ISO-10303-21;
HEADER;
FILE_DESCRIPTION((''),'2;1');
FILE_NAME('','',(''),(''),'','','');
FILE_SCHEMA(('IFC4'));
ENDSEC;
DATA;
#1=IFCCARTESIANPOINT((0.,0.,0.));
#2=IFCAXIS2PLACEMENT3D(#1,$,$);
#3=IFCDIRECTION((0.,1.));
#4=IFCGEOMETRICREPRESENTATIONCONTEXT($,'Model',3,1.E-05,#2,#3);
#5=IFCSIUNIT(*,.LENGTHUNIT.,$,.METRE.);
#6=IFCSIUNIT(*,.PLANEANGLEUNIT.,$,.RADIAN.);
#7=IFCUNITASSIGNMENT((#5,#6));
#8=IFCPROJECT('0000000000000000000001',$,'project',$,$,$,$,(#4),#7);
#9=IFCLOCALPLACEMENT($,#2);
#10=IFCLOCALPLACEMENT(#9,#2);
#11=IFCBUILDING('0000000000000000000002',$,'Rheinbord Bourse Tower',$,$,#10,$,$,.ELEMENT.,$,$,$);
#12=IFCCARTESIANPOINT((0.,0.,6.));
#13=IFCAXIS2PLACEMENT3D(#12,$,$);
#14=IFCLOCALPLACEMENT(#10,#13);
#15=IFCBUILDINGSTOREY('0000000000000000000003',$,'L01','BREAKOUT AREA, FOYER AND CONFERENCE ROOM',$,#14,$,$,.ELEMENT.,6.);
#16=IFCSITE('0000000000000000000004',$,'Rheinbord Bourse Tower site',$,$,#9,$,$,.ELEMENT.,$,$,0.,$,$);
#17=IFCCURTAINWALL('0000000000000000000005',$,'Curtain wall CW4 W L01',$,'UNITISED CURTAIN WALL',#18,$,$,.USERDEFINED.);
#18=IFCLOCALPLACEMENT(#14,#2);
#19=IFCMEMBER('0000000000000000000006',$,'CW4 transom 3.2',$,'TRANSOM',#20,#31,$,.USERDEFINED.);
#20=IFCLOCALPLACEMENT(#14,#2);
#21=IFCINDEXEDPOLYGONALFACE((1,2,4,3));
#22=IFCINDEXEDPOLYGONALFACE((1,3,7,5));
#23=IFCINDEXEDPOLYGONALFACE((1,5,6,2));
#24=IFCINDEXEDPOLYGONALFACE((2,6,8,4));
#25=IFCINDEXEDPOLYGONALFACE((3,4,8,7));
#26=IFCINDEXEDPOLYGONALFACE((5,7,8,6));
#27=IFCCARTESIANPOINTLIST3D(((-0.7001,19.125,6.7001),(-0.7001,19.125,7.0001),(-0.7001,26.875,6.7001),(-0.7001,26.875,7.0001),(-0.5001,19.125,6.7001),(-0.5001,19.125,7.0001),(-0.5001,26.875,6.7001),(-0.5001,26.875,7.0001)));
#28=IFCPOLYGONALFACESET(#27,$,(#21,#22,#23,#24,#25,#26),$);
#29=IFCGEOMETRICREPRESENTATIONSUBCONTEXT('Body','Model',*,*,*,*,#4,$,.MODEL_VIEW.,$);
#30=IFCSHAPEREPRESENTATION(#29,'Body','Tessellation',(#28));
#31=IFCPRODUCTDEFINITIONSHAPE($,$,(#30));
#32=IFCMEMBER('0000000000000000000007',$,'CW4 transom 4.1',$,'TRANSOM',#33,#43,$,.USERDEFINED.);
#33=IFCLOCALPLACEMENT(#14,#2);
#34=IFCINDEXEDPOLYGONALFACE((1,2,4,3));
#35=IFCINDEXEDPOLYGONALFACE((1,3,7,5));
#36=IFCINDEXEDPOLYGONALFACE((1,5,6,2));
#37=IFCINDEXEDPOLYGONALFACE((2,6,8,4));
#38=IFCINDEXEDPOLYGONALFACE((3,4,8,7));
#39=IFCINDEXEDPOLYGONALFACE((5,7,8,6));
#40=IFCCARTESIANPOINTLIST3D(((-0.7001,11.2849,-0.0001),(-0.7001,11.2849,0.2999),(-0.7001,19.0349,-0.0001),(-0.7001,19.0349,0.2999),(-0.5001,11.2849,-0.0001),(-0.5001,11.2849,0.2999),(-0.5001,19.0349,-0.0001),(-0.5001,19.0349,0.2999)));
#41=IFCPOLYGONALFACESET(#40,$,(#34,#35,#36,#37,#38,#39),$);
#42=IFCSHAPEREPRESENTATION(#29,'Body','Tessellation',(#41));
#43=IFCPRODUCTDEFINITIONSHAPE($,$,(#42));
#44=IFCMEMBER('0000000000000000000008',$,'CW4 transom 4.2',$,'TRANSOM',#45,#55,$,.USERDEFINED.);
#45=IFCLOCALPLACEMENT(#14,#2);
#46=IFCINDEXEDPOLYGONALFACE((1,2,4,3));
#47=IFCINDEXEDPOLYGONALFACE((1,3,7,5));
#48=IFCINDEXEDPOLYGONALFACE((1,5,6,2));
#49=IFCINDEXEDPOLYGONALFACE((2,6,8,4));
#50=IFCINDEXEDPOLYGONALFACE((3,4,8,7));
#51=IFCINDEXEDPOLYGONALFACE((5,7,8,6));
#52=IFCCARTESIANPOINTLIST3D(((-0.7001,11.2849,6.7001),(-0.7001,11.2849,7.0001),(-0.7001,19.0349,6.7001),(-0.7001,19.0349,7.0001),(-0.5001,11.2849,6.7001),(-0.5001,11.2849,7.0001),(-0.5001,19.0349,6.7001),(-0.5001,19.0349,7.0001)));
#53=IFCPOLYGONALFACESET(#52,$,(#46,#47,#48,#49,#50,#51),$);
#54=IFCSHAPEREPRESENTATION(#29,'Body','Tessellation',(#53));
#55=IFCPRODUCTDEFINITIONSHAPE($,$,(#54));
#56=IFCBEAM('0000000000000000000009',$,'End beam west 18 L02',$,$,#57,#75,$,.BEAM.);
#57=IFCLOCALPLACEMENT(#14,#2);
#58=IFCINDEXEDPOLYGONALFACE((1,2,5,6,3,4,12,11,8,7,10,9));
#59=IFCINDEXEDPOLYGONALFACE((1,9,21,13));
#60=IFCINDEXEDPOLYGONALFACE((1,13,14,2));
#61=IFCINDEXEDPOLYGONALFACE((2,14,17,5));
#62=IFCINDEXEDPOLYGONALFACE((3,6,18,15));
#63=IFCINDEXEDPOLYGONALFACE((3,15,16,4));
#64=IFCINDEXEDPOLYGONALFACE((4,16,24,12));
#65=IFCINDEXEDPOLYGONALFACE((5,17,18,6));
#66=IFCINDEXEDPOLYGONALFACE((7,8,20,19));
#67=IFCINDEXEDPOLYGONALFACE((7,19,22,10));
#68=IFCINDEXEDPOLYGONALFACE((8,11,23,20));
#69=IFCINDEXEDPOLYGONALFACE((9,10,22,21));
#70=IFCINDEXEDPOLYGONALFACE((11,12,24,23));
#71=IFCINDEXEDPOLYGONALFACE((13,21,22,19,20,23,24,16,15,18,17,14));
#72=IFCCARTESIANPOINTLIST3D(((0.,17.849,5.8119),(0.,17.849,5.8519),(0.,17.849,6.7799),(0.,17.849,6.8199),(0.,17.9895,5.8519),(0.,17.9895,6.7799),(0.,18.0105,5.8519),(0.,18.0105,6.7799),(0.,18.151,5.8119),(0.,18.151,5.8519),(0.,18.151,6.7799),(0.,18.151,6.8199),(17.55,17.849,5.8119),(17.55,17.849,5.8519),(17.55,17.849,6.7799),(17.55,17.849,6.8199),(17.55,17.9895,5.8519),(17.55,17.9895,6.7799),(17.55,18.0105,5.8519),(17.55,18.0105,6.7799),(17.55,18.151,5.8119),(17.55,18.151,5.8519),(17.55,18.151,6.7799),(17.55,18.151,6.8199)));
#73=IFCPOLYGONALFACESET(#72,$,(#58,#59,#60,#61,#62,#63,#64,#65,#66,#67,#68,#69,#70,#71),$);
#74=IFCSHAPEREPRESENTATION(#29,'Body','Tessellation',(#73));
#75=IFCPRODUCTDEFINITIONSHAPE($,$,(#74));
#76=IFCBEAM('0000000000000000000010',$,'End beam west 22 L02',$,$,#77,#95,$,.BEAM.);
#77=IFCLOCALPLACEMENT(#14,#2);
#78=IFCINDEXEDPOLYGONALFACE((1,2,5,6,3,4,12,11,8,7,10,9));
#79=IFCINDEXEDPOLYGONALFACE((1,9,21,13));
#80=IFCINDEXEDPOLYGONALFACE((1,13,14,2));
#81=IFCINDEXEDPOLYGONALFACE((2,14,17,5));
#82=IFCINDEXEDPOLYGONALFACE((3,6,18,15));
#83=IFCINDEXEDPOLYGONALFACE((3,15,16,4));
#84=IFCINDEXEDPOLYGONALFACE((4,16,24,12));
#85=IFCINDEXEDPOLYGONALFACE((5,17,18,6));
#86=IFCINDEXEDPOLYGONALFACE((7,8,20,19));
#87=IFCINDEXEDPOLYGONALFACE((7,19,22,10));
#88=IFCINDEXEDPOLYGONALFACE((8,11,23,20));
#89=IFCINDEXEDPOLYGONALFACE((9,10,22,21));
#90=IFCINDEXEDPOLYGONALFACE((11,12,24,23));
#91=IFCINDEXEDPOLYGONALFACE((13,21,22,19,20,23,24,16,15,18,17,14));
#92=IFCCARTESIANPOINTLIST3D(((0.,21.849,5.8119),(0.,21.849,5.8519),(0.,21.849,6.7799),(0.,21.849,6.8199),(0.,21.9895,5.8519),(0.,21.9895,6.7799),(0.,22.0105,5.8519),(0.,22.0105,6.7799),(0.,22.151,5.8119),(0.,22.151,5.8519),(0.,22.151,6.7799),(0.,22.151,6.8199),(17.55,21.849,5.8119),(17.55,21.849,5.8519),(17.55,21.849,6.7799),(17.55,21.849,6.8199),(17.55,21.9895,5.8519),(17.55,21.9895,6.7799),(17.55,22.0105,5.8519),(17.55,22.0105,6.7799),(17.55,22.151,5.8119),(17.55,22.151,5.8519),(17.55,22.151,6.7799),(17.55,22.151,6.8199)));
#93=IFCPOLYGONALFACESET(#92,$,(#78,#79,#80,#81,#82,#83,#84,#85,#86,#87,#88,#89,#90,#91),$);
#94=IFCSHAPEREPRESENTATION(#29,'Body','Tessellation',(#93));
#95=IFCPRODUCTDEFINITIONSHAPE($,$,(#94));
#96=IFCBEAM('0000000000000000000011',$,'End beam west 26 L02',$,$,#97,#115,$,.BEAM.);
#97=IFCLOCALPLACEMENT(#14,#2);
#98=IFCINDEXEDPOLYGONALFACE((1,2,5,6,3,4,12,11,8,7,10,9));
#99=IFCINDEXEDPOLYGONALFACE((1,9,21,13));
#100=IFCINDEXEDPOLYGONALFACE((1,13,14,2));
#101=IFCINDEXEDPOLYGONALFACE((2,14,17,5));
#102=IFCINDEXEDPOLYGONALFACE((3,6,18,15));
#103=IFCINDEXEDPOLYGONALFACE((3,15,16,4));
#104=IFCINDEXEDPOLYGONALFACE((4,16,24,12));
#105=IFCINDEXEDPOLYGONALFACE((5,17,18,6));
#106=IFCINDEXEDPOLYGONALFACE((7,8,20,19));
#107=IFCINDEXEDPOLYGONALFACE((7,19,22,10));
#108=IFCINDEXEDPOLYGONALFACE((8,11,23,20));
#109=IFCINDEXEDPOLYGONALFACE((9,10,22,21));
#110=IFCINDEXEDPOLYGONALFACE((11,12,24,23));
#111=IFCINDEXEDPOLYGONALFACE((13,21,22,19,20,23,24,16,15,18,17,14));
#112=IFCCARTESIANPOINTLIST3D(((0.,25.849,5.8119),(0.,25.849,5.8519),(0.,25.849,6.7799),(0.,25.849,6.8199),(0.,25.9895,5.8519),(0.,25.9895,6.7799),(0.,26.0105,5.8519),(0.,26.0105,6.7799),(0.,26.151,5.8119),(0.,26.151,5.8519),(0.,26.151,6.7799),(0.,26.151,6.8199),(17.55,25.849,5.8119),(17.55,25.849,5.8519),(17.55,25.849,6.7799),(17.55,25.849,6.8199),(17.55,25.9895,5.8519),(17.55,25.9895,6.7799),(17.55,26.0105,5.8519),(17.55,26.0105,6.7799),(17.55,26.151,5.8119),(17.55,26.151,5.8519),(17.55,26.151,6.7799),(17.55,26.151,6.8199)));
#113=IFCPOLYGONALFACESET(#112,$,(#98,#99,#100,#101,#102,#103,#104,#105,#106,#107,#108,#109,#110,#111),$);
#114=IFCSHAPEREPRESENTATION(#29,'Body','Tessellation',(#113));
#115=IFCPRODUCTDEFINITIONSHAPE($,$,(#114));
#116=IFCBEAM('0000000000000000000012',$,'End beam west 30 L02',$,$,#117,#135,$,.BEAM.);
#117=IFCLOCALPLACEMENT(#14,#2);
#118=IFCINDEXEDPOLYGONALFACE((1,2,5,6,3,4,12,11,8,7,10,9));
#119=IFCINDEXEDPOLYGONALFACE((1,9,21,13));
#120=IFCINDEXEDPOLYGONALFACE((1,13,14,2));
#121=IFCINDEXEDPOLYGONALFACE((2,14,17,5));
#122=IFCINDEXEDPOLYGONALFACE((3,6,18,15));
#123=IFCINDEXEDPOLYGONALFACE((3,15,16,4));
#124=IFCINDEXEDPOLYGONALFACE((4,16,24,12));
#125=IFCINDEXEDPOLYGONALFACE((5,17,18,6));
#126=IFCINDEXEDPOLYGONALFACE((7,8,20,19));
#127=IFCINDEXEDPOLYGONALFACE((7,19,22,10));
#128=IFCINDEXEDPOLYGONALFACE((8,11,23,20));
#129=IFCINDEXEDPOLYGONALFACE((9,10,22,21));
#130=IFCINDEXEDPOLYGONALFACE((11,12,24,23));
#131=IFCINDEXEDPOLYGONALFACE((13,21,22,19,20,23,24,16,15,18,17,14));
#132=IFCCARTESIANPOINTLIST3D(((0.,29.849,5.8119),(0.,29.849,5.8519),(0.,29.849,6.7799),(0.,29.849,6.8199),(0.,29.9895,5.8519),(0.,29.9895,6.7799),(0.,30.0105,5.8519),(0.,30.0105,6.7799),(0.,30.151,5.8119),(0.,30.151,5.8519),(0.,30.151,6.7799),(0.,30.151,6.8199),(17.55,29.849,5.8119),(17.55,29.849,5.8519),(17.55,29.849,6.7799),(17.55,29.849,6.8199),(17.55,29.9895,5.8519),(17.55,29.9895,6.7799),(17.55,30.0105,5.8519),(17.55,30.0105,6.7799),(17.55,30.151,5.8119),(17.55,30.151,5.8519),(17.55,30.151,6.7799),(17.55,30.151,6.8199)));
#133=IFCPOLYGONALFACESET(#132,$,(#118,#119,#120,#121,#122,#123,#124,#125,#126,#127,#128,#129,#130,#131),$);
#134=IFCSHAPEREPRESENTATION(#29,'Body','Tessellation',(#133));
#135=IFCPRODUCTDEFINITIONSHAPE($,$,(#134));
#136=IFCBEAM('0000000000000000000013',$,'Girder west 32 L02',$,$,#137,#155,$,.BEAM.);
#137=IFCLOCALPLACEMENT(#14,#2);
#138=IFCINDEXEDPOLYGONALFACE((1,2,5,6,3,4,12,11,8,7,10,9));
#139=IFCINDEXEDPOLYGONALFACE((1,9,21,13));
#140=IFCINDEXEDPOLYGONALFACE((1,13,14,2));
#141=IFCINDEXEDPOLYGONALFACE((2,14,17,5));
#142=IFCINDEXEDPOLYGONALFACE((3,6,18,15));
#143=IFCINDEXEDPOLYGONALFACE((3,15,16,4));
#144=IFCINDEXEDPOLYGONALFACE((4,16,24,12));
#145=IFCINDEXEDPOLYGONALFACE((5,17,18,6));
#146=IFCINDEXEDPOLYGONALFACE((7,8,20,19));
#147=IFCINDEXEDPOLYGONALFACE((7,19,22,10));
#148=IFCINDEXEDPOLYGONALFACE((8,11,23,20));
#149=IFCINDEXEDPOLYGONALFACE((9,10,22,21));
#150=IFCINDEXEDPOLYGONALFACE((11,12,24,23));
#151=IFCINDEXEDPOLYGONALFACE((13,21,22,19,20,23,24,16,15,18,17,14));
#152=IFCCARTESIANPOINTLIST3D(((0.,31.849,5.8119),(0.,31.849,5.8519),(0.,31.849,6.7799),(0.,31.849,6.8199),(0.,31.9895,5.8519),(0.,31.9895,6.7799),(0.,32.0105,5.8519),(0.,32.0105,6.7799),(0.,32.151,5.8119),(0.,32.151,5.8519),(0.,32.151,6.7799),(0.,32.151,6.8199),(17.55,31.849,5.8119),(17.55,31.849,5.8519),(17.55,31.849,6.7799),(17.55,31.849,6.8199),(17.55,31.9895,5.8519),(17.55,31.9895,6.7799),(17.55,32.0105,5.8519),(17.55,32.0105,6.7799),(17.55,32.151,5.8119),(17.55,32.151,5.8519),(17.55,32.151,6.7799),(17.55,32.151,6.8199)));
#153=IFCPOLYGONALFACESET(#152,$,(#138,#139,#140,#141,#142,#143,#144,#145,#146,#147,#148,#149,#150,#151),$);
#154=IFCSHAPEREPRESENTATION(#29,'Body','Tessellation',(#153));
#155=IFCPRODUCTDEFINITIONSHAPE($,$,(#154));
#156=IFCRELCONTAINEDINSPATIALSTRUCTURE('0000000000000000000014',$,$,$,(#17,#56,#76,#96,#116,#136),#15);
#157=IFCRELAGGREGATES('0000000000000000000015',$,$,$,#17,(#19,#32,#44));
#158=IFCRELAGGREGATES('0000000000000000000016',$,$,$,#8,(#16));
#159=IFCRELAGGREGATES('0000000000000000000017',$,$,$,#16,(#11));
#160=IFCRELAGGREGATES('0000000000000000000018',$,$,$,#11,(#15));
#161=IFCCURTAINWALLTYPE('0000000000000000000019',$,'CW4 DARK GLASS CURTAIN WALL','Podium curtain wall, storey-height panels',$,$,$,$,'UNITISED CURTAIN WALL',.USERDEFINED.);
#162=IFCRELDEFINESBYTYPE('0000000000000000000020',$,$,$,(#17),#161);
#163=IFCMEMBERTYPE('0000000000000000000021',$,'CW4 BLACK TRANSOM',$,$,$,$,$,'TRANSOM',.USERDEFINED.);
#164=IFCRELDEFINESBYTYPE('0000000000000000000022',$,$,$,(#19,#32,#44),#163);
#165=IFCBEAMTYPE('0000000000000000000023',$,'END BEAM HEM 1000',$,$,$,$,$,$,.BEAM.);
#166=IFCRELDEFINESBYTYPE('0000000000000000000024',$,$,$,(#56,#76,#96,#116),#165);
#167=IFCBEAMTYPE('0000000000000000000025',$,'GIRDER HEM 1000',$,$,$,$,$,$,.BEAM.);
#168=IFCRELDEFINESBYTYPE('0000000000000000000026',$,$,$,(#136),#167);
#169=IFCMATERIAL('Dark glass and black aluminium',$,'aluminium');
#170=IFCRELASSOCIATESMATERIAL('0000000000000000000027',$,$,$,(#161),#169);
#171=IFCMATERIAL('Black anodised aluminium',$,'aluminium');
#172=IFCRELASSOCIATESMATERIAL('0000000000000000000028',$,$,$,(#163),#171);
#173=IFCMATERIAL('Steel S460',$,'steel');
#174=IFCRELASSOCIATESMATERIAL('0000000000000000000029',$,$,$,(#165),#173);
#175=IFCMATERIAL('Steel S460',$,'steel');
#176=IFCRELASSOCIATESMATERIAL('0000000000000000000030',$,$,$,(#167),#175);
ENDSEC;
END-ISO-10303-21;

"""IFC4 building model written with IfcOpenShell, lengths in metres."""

from ifc_helpers import new_model, si_unit, direction, frame, origin, origin_2d, place, context, subcontext, project, spatial, rectangle, i_section, extrude, material, material_profile, profile_set, type_object, element, aggregate, save


model = new_model("IFC4")

# Units and contexts
model_context = context("Model", 3, precision=1e-05, world=origin(), true_north=direction((0.0, 1.0)))
body_context = subcontext(model_context, "Body", "Model", "MODEL_VIEW")
ifc_project = project(units=[si_unit("LENGTHUNIT", "METRE"), si_unit("PLANEANGLEUNIT", "RADIAN")], contexts=[model_context])

# Site, building, storey
site_placement = place(None, origin())
site = spatial("IfcSite", under=ifc_project, at=site_placement, Name="Rheinbord Bourse Tower site", CompositionType="ELEMENT", RefElevation=0.0)
building_placement = place(site_placement, origin())
building = spatial("IfcBuilding", under=site, at=building_placement, Name="Rheinbord Bourse Tower", CompositionType="ELEMENT")
storey_placement = place(building_placement, frame((0.0, 0.0, 6.0)))
storey = spatial("IfcBuildingStorey", under=building, at=storey_placement, Name="L01", Description="BREAKOUT AREA, FOYER AND CONFERENCE ROOM", CompositionType="ELEMENT", Elevation=6.0)

# Curtain wall, members
ifc_material_1 = material(Name="Dark glass and black aluminium", Category="aluminium")
curtain_wall_type = type_object("IfcCurtainWallType", Name="CW4 DARK GLASS CURTAIN WALL", Description="Podium curtain wall, storey-height panels", ElementType="UNITISED CURTAIN WALL", PredefinedType="USERDEFINED", material=ifc_material_1)
curtain_wall_placement = place(storey_placement, origin())
curtain_wall = element("IfcCurtainWall", 1, at=curtain_wall_placement, inside=storey, type_object=curtain_wall_type, Name="Curtain wall CW4 W L01", ObjectType="UNITISED CURTAIN WALL", PredefinedType="USERDEFINED")
ifc_material_2 = material(Name="Black anodised aluminium", Category="aluminium")
ifc_material_profile_1 = material_profile(ifc_material_2, rectangle(XDim=0.2, YDim=0.3, at=origin_2d()), Name="CW4 TRANSOM 300x200")
ifc_profile_set_1 = profile_set([ifc_material_profile_1], Name="Black anodised aluminium")
member_type_1 = type_object("IfcMemberType", Name="CW4 BLACK TRANSOM", ElementType="TRANSOM", PredefinedType="USERDEFINED", material=ifc_profile_set_1)
member_1_placement = place(storey_placement, frame((-0.6001, 26.875, 6.8501), z_axis=(0.0, -1.0, 0.0), x_axis=(1.0, 0.0, 0.0)))
member_1 = element("IfcMember", 2, at=member_1_placement, type_object=member_type_1, Name="CW4 transom 3.2", ObjectType="TRANSOM", PredefinedType="USERDEFINED", context=body_context, shape_type="SweptSolid", body=[
    extrude(rectangle(XDim=0.2, YDim=0.3, at=origin_2d()), origin(), (0.0, 0.0, 1.0), 7.75),
])
member_2_placement = place(storey_placement, frame((-0.6001, 19.0349, 0.1499), z_axis=(0.0, -1.0, 0.0), x_axis=(1.0, 0.0, 0.0)))
member_2 = element("IfcMember", 3, at=member_2_placement, type_object=member_type_1, Name="CW4 transom 4.1", ObjectType="TRANSOM", PredefinedType="USERDEFINED", context=body_context, shape_type="SweptSolid", body=[
    extrude(rectangle(XDim=0.2, YDim=0.3, at=origin_2d()), origin(), (0.0, 0.0, 1.0), 7.75),
])
member_3_placement = place(storey_placement, frame((-0.6001, 19.0349, 6.8501), z_axis=(0.0, -1.0, 0.0), x_axis=(1.0, 0.0, 0.0)))
member_3 = element("IfcMember", 4, at=member_3_placement, type_object=member_type_1, Name="CW4 transom 4.2", ObjectType="TRANSOM", PredefinedType="USERDEFINED", context=body_context, shape_type="SweptSolid", body=[
    extrude(rectangle(XDim=0.2, YDim=0.3, at=origin_2d()), origin(), (0.0, 0.0, 1.0), 7.75),
])

# Beams
ifc_material_3 = material(Name="Steel S460", Category="steel")
ifc_material_profile_2 = material_profile(ifc_material_3, i_section(OverallWidth=0.302, OverallDepth=1.0081, WebThickness=0.021, FlangeThickness=0.04, at=origin_2d()), Name="HEM 1000")
ifc_profile_set_2 = profile_set([ifc_material_profile_2], Name="Steel S460")
beam_type_1 = type_object("IfcBeamType", Name="END BEAM HEM 1000", PredefinedType="BEAM", material=ifc_profile_set_2)
for number, where, z_axis, x_axis, name in (
    (5, (0.0, 18.0, 6.3159), (1.0, 0.0, 0.0), (0.0, 1.0, 0.0), "End beam west 18 L02"),
    (6, (0.0, 22.0, 6.3159), (1.0, 0.0, 0.0), (0.0, 1.0, 0.0), "End beam west 22 L02"),
    (7, (0.0, 26.0, 6.3159), (1.0, 0.0, 0.0), (0.0, 1.0, 0.0), "End beam west 26 L02"),
    (8, (0.0, 30.0, 6.3159), (1.0, 0.0, 0.0), (0.0, 1.0, 0.0), "End beam west 30 L02"),
):
    element("IfcBeam", number, at=place(storey_placement, frame(where, z_axis=z_axis, x_axis=x_axis)), inside=storey, type_object=beam_type_1, Name=name, PredefinedType="BEAM", context=body_context, shape_type="SweptSolid", body=[
        extrude(i_section(OverallWidth=0.302, OverallDepth=1.0081, WebThickness=0.021, FlangeThickness=0.04, at=origin_2d()), origin(), (0.0, 0.0, 1.0), 17.55),
    ])
ifc_material_4 = material(Name="Steel S460", Category="steel")
ifc_material_profile_3 = material_profile(ifc_material_4, i_section(OverallWidth=0.302, OverallDepth=1.0081, WebThickness=0.021, FlangeThickness=0.04, at=origin_2d()), Name="HEM 1000")
ifc_profile_set_3 = profile_set([ifc_material_profile_3], Name="Steel S460")
beam_type_2 = type_object("IfcBeamType", Name="GIRDER HEM 1000", PredefinedType="BEAM", material=ifc_profile_set_3)
beam_1_placement = place(storey_placement, frame((0.0, 32.0, 6.3159), z_axis=(1.0, 0.0, 0.0), x_axis=(0.0, 1.0, 0.0)))
element("IfcBeam", 9, at=beam_1_placement, inside=storey, type_object=beam_type_2, Name="Girder west 32 L02", PredefinedType="BEAM", context=body_context, shape_type="SweptSolid", body=[
    extrude(i_section(OverallWidth=0.302, OverallDepth=1.0081, WebThickness=0.021, FlangeThickness=0.04, at=origin_2d()), origin(), (0.0, 0.0, 1.0), 17.55),
])

aggregate(curtain_wall, [member_1, member_2, member_3])

save(model, "model.ifc")
